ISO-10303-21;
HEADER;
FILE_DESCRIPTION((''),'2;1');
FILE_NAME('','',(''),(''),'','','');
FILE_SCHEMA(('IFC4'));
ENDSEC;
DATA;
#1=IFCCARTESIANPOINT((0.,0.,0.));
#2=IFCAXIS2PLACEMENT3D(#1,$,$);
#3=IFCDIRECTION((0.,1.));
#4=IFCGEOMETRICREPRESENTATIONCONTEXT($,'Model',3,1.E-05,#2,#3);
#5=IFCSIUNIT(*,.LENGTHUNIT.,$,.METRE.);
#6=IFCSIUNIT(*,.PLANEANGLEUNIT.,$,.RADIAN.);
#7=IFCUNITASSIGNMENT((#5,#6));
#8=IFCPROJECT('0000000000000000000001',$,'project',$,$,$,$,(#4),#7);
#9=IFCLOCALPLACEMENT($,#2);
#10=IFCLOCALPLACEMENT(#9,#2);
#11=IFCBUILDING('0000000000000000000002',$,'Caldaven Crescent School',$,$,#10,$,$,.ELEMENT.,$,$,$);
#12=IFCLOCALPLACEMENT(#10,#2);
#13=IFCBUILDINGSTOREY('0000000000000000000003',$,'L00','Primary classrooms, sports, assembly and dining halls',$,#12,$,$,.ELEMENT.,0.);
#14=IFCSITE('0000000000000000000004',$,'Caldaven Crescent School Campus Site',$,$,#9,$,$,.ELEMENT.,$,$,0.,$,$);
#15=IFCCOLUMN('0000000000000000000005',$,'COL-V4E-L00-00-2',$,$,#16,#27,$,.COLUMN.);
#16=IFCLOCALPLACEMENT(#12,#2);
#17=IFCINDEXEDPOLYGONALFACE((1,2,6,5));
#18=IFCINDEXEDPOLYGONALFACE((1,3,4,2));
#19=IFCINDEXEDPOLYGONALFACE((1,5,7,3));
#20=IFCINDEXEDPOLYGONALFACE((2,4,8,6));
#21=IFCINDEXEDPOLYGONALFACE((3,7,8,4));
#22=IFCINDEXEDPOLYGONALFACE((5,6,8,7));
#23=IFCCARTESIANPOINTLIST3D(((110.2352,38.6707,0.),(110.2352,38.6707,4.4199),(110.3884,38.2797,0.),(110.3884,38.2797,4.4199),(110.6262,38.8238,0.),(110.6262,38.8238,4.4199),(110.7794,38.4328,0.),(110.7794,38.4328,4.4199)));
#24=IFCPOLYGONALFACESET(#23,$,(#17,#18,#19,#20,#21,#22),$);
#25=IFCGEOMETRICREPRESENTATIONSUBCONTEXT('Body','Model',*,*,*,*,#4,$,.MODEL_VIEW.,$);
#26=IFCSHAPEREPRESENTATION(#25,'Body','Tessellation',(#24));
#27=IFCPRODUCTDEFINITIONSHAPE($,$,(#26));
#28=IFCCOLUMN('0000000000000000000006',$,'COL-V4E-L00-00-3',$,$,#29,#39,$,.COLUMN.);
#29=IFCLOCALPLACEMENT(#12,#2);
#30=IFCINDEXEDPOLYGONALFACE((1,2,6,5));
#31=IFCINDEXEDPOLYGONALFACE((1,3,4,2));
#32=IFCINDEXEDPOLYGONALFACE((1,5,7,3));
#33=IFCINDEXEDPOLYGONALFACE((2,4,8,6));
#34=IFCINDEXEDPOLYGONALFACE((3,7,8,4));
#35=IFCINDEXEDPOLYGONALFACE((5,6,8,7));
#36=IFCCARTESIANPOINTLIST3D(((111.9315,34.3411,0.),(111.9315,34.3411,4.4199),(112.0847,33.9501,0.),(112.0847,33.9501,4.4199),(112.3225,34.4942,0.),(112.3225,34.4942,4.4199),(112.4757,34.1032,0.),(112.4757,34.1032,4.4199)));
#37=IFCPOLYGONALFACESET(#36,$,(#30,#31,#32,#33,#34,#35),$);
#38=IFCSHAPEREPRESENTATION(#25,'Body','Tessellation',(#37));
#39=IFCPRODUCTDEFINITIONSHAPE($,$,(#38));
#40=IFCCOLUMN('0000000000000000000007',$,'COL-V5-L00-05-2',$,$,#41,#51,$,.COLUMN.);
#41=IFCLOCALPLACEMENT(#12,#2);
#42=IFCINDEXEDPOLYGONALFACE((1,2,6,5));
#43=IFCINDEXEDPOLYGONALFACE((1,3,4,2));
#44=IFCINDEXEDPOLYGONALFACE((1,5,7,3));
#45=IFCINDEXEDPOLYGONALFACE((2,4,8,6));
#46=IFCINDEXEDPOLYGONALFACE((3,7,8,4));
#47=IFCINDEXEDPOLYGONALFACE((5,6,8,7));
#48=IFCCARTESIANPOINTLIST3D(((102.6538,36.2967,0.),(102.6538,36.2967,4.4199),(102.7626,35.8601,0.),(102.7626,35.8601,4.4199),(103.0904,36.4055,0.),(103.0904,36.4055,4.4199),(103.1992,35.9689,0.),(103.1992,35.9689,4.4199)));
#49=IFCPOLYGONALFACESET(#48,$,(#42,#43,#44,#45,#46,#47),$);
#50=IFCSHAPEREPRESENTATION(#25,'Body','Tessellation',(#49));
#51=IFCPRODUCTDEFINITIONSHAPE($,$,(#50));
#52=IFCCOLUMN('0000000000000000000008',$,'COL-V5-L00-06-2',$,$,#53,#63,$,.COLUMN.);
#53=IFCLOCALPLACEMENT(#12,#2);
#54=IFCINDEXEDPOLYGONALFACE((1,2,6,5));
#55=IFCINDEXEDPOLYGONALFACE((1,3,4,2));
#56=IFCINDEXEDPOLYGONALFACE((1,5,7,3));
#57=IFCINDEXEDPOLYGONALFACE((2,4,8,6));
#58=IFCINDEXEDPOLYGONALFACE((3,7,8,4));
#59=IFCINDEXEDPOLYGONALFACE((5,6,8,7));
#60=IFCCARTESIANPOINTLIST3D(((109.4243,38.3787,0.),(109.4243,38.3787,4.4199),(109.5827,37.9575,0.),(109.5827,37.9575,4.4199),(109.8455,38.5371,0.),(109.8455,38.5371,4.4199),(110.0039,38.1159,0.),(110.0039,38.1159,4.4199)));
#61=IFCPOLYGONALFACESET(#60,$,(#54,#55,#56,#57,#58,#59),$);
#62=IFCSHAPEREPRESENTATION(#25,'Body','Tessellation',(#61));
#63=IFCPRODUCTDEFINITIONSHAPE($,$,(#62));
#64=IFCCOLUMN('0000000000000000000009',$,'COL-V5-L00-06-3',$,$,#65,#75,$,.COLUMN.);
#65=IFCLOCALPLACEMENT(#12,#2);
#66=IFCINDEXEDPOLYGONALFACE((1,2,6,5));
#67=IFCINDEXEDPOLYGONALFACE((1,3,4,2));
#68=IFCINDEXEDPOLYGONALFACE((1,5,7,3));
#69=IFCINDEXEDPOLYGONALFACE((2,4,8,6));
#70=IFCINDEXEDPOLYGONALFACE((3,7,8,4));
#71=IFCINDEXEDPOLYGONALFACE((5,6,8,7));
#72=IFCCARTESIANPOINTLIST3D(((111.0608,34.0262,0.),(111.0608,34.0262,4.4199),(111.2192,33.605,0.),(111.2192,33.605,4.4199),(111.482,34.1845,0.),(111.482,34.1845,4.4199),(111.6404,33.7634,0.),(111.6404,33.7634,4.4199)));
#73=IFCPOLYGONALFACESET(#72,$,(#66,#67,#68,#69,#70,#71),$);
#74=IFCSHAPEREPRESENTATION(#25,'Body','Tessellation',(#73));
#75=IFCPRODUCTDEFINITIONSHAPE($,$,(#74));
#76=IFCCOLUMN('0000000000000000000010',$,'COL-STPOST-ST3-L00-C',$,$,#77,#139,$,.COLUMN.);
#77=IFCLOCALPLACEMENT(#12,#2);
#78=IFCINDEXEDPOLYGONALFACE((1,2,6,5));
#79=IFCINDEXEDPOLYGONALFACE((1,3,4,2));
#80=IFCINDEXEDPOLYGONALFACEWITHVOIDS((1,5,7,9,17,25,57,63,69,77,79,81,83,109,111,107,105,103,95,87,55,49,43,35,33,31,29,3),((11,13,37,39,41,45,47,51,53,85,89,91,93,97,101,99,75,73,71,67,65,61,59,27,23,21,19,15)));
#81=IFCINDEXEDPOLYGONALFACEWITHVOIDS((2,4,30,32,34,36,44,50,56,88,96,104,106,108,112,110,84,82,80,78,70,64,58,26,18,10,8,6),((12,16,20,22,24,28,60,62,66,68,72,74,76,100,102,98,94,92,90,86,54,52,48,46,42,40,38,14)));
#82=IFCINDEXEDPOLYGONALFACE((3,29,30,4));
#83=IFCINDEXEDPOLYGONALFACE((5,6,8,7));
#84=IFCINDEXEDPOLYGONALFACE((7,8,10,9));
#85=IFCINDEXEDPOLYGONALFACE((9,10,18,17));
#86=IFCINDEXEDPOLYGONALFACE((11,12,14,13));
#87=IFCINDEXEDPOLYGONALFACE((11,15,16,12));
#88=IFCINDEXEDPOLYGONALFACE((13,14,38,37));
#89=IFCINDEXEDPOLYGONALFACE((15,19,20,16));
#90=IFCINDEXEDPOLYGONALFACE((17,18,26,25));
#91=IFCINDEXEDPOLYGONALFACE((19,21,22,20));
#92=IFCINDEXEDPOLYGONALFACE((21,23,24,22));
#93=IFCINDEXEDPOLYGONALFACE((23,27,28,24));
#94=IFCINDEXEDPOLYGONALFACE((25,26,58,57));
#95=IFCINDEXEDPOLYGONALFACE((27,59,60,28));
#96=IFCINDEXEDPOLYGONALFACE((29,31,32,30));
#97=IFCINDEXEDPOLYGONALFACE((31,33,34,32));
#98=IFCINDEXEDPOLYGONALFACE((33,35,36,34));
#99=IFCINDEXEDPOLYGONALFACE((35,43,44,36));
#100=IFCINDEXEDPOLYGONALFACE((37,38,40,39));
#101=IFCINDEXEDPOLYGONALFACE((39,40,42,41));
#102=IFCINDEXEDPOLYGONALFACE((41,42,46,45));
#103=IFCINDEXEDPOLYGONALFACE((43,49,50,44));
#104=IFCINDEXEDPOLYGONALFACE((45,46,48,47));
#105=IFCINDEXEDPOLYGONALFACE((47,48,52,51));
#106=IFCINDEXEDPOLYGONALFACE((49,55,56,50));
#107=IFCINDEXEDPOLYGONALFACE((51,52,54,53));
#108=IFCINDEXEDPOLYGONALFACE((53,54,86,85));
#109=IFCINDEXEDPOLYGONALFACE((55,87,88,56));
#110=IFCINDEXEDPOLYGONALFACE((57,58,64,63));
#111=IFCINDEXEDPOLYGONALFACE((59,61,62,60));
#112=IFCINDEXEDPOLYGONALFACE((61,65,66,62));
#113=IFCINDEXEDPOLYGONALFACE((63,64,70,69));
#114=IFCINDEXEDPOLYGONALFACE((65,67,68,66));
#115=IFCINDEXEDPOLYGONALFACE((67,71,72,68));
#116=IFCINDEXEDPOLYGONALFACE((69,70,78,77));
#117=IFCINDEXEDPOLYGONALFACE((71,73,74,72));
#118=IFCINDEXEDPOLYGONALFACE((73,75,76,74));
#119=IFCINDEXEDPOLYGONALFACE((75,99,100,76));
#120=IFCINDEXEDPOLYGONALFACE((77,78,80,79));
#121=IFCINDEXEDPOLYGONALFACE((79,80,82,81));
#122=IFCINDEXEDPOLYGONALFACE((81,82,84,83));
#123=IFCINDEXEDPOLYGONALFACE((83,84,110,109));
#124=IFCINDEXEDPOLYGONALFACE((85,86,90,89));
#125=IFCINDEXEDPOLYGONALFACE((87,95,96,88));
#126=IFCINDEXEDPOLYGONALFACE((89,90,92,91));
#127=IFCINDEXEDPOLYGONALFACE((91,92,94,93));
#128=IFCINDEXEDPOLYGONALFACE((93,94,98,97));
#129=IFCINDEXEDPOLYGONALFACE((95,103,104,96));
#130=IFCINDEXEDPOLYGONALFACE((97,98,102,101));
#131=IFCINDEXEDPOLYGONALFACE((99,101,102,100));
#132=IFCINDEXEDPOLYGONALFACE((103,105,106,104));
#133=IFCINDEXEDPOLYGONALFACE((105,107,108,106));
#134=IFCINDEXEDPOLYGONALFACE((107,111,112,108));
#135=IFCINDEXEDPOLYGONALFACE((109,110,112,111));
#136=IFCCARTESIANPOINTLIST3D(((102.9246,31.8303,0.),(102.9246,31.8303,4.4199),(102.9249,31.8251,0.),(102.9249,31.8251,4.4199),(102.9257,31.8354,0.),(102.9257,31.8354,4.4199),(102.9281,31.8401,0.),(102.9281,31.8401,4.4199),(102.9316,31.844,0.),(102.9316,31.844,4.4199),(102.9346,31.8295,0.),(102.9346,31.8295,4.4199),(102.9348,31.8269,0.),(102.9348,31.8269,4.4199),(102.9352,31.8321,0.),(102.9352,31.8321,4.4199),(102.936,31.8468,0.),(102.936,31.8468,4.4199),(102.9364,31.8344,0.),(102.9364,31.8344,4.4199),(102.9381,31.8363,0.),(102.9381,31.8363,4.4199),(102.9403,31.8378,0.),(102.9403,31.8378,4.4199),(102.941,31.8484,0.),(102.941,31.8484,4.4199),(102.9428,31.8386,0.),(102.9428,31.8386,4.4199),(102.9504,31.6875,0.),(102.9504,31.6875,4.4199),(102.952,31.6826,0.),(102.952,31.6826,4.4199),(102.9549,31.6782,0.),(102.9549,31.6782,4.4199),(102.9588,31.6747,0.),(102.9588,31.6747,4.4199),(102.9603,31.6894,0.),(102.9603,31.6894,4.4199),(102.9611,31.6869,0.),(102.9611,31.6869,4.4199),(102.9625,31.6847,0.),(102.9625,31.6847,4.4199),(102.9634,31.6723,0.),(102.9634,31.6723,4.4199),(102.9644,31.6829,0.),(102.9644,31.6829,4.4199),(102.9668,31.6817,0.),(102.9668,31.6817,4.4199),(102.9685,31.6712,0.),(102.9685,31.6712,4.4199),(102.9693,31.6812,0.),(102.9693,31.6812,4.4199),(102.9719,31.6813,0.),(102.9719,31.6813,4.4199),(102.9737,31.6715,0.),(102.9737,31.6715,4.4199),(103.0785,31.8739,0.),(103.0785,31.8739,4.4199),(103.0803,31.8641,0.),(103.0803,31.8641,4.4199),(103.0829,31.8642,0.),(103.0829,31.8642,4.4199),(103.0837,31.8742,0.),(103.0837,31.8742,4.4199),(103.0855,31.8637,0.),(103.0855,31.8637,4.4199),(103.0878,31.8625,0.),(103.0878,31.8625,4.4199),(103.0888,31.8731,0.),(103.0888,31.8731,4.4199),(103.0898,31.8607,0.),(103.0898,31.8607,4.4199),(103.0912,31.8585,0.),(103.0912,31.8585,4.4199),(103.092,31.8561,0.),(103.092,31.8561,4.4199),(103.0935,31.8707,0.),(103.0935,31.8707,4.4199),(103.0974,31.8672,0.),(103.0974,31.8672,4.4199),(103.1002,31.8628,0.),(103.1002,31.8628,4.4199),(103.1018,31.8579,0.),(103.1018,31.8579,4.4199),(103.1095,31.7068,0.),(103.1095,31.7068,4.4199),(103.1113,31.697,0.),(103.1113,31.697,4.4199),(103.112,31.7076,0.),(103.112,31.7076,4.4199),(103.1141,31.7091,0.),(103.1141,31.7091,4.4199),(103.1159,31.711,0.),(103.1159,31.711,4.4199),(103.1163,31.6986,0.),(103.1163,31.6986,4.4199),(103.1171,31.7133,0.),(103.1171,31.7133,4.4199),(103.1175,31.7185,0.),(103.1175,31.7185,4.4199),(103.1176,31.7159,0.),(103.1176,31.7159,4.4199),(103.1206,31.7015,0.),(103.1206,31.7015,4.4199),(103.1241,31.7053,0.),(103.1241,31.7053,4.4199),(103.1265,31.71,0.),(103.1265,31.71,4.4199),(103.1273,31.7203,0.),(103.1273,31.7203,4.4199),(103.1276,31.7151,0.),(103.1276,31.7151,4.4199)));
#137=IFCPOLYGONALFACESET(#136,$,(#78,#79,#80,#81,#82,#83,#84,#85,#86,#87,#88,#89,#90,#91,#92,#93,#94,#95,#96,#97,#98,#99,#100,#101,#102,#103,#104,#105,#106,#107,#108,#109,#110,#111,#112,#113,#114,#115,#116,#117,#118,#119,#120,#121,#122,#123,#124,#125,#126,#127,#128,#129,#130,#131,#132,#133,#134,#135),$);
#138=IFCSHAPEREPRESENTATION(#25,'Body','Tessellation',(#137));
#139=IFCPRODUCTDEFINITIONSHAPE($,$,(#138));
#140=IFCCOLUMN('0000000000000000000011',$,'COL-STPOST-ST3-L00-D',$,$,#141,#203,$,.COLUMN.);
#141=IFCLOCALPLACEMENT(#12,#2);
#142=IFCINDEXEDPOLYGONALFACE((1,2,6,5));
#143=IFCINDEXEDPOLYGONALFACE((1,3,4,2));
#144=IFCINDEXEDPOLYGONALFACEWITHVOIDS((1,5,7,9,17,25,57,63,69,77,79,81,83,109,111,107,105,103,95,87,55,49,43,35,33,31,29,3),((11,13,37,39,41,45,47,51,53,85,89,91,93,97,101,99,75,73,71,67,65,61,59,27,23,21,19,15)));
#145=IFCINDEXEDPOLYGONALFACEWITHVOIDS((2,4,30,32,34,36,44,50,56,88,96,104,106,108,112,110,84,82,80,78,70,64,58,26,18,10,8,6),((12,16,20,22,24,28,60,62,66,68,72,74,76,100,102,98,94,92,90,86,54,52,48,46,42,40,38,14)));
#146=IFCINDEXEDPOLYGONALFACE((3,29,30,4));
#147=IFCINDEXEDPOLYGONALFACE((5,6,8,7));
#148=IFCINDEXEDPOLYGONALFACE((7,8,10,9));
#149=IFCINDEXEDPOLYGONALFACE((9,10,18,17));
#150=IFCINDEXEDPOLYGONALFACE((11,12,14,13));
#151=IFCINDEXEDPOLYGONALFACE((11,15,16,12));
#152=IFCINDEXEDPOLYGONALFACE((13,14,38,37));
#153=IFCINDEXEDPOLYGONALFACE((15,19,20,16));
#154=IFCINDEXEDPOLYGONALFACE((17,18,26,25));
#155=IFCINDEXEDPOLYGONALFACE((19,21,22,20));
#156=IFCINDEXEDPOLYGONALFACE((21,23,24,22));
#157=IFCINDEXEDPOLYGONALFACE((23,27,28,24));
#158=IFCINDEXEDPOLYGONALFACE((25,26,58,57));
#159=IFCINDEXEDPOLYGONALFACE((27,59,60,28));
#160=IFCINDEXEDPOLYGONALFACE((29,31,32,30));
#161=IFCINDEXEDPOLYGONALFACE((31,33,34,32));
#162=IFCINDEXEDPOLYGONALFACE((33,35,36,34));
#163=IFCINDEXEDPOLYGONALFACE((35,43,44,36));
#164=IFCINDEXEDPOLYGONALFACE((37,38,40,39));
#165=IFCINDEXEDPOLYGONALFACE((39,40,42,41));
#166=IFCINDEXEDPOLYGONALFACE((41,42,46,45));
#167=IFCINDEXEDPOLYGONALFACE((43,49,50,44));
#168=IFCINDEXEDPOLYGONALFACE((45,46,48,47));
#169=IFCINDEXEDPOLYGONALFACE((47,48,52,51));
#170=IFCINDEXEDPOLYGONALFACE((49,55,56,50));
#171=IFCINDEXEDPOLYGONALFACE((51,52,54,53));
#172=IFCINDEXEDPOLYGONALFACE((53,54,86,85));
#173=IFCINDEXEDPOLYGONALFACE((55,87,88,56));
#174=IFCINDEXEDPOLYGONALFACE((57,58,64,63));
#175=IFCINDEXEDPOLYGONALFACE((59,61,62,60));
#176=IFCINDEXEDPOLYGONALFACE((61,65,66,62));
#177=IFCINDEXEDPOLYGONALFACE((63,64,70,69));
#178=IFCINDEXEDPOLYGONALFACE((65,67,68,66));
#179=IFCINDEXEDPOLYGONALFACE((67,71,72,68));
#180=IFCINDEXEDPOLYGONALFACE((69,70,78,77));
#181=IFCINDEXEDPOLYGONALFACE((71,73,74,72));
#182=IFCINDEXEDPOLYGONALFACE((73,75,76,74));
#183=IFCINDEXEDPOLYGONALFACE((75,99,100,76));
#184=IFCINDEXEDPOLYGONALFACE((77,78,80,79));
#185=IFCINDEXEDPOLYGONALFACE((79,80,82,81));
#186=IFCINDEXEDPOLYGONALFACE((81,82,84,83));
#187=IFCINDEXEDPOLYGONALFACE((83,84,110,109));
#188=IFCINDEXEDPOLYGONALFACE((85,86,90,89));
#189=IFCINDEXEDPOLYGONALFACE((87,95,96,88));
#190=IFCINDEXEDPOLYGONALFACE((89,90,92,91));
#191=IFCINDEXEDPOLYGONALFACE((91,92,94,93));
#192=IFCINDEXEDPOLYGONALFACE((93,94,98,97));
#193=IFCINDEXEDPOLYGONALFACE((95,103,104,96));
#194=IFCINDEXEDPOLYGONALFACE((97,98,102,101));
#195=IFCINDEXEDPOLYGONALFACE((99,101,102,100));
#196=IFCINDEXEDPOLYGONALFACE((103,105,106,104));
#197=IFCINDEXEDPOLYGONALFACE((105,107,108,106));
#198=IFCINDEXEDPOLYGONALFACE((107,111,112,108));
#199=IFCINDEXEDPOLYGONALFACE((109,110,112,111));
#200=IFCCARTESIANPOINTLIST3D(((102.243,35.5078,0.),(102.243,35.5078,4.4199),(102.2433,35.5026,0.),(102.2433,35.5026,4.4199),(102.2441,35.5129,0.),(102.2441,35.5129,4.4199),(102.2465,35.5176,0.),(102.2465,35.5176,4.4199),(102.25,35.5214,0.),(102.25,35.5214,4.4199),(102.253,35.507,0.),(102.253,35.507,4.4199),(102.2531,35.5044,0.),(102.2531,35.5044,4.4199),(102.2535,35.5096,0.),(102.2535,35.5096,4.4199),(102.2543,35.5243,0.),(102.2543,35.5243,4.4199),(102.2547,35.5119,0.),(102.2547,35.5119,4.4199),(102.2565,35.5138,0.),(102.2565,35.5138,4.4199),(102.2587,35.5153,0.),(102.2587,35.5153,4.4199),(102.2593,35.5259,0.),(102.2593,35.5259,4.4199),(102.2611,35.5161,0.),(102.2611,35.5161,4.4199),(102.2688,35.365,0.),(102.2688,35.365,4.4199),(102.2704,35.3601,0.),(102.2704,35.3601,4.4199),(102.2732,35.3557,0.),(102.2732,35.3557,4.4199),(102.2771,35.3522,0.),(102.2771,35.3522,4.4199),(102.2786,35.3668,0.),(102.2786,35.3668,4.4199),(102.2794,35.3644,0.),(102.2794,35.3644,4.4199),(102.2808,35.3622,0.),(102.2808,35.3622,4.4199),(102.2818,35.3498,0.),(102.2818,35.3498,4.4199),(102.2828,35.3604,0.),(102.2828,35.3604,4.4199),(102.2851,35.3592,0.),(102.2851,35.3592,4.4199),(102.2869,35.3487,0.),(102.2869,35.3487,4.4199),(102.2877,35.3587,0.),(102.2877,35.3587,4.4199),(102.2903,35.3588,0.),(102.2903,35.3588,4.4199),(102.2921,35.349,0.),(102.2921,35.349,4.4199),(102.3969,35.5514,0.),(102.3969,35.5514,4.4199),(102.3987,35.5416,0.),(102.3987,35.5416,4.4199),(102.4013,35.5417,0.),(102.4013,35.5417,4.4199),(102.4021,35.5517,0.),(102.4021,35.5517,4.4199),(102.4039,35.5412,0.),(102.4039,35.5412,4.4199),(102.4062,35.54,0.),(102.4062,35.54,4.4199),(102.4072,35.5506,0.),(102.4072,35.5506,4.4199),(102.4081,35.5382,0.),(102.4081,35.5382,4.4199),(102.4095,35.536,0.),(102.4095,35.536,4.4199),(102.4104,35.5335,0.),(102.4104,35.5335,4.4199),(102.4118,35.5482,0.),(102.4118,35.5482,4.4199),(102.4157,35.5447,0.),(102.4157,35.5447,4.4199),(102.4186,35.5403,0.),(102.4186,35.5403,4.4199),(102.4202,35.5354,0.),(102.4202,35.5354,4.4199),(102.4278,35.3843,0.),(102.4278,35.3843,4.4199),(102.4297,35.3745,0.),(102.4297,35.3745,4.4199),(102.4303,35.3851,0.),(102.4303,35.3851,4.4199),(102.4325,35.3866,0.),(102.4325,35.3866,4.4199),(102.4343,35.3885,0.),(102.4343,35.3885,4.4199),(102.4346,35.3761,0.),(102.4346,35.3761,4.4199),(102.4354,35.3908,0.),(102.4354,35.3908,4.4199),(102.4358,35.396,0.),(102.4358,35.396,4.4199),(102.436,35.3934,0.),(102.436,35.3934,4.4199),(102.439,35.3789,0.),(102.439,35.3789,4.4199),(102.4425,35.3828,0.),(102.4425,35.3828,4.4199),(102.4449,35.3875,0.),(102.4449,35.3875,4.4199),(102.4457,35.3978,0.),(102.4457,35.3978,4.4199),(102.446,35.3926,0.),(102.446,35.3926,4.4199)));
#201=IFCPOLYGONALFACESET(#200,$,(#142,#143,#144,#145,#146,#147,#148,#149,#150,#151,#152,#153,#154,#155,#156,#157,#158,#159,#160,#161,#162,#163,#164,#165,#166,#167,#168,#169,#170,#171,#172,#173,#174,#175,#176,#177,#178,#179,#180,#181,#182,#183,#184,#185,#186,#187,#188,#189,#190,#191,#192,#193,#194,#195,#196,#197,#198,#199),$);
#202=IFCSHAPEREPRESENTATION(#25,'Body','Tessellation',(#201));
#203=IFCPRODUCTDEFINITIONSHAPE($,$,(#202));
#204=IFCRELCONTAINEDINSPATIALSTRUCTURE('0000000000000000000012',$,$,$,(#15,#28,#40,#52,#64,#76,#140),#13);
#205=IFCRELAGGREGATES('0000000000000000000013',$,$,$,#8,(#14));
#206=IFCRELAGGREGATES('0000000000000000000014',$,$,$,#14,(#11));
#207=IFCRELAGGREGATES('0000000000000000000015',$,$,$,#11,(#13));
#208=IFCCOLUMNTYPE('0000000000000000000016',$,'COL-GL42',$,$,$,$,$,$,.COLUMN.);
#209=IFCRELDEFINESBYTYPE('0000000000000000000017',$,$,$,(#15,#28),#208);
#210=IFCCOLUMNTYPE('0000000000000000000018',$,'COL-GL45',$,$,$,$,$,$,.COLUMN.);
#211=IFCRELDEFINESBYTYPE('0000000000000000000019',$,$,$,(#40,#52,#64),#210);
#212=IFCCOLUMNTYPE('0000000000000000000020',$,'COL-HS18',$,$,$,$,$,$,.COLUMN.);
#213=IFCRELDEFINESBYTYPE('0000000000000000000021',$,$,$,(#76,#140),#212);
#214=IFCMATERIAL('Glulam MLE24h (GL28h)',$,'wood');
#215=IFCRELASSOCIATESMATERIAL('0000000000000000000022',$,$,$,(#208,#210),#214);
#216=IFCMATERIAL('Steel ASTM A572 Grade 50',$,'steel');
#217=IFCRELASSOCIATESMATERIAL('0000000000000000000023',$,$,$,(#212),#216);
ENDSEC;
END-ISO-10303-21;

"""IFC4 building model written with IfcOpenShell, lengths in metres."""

from ifc_helpers import new_model, si_unit, direction, frame, origin, origin_2d, place, context, subcontext, project, spatial, rectangle, hollow_rectangle, extrude, material, material_profile, profile_set, type_object, element, save


model = new_model("IFC4")

# Units and contexts
model_context = context("Model", 3, precision=1e-05, world=origin(), true_north=direction((0.0, 1.0)))
body_context = subcontext(model_context, "Body", "Model", "MODEL_VIEW")
ifc_project = project(units=[si_unit("LENGTHUNIT", "METRE"), si_unit("PLANEANGLEUNIT", "RADIAN")], contexts=[model_context])

# Site, building, storey
site_placement = place(None, origin())
site = spatial("IfcSite", under=ifc_project, at=site_placement, Name="Caldaven Crescent School Campus Site", CompositionType="ELEMENT", RefElevation=0.0)
building_placement = place(site_placement, origin())
building = spatial("IfcBuilding", under=site, at=building_placement, Name="Caldaven Crescent School", CompositionType="ELEMENT")
storey_placement = place(building_placement, origin())
storey = spatial("IfcBuildingStorey", under=building, at=storey_placement, Name="L00", Description="Primary classrooms, sports, assembly and dining halls", CompositionType="ELEMENT", Elevation=0.0)

# Columns
ifc_material_1 = material(Name="Glulam MLE24h (GL28h)", Category="wood")
ifc_material_profile_1 = material_profile(ifc_material_1, rectangle(XDim=0.4199, YDim=0.4199, at=origin_2d()), Name="MLE 420x420")
ifc_profile_set_1 = profile_set([ifc_material_profile_1], Name="Glulam MLE24h (GL28h)")
column_type_1 = type_object("IfcColumnType", Name="COL-GL42", PredefinedType="COLUMN", material=ifc_profile_set_1)
for number, where, z_axis, x_axis, name in (
    (1, (110.5073, 38.5518, 0.0), (0.0, 0.0, 1.0), (0.364714, -0.931119, 0.0), "COL-V4E-L00-00-2"),
    (2, (112.2036, 34.2222, 0.0), (0.0, 0.0, 1.0), (0.364714, -0.931119, 0.0), "COL-V4E-L00-00-3"),
):
    element("IfcColumn", number, at=place(storey_placement, frame(where, z_axis=z_axis, x_axis=x_axis)), inside=storey, type_object=column_type_1, Name=name, PredefinedType="COLUMN", context=body_context, shape_type="SweptSolid", body=[
        extrude(rectangle(XDim=0.4199, YDim=0.4199, at=origin_2d()), origin(), (0.0, 0.0, 1.0), 4.4199),
    ])
ifc_material_profile_2 = material_profile(ifc_material_1, rectangle(XDim=0.45, YDim=0.45, at=origin_2d()), Name="MLE 450x450")
ifc_profile_set_2 = profile_set([ifc_material_profile_2], Name="Glulam MLE24h (GL28h)")
column_type_2 = type_object("IfcColumnType", Name="COL-GL45", PredefinedType="COLUMN", material=ifc_profile_set_2)
for number, where, z_axis, x_axis, name in (
    (3, (102.9265, 36.1328, 0.0), (0.0, 0.0, 1.0), (0.241922, -0.970296, 0.0), "COL-V5-L00-05-2"),
    (4, (109.7141, 38.2473, 0.0), (0.0, 0.0, 1.0), (0.352005, -0.935998, 0.0), "COL-V5-L00-06-2"),
    (5, (111.3506, 33.8948, 0.0), (0.0, 0.0, 1.0), (0.352005, -0.935998, 0.0), "COL-V5-L00-06-3"),
):
    element("IfcColumn", number, at=place(storey_placement, frame(where, z_axis=z_axis, x_axis=x_axis)), inside=storey, type_object=column_type_2, Name=name, PredefinedType="COLUMN", context=body_context, shape_type="SweptSolid", body=[
        extrude(rectangle(XDim=0.45, YDim=0.45, at=origin_2d()), origin(), (0.0, 0.0, 1.0), 4.4199),
    ])
ifc_material_2 = material(Name="Steel ASTM A572 Grade 50", Category="steel")
ifc_material_profile_3 = material_profile(ifc_material_2, hollow_rectangle(XDim=0.1799, YDim=0.1799, WallThickness=0.01, InnerFilletRadius=0.01, OuterFilletRadius=0.02, at=origin_2d()), Name="HSS 180x180x10")
ifc_profile_set_3 = profile_set([ifc_material_profile_3], Name="Steel ASTM A572 Grade 50")
column_type_3 = type_object("IfcColumnType", Name="COL-HS18", PredefinedType="COLUMN", material=ifc_profile_set_3)
for number, where, z_axis, x_axis, name in (
    (6, (103.0261, 31.7727, 0.0), (0.0, 0.0, 1.0), (0.983255, 0.182236, 0.0), "COL-STPOST-ST3-L00-C"),
    (7, (102.3445, 35.4502, 0.0), (0.0, 0.0, 1.0), (0.983255, 0.182236, 0.0), "COL-STPOST-ST3-L00-D"),
):
    element("IfcColumn", number, at=place(storey_placement, frame(where, z_axis=z_axis, x_axis=x_axis)), inside=storey, type_object=column_type_3, Name=name, PredefinedType="COLUMN", context=body_context, shape_type="SweptSolid", body=[
        extrude(hollow_rectangle(XDim=0.1799, YDim=0.1799, WallThickness=0.01, InnerFilletRadius=0.01, OuterFilletRadius=0.02, at=origin_2d()), origin(), (0.0, 0.0, 1.0), 4.4199),
    ])

save(model, "model.ifc")
